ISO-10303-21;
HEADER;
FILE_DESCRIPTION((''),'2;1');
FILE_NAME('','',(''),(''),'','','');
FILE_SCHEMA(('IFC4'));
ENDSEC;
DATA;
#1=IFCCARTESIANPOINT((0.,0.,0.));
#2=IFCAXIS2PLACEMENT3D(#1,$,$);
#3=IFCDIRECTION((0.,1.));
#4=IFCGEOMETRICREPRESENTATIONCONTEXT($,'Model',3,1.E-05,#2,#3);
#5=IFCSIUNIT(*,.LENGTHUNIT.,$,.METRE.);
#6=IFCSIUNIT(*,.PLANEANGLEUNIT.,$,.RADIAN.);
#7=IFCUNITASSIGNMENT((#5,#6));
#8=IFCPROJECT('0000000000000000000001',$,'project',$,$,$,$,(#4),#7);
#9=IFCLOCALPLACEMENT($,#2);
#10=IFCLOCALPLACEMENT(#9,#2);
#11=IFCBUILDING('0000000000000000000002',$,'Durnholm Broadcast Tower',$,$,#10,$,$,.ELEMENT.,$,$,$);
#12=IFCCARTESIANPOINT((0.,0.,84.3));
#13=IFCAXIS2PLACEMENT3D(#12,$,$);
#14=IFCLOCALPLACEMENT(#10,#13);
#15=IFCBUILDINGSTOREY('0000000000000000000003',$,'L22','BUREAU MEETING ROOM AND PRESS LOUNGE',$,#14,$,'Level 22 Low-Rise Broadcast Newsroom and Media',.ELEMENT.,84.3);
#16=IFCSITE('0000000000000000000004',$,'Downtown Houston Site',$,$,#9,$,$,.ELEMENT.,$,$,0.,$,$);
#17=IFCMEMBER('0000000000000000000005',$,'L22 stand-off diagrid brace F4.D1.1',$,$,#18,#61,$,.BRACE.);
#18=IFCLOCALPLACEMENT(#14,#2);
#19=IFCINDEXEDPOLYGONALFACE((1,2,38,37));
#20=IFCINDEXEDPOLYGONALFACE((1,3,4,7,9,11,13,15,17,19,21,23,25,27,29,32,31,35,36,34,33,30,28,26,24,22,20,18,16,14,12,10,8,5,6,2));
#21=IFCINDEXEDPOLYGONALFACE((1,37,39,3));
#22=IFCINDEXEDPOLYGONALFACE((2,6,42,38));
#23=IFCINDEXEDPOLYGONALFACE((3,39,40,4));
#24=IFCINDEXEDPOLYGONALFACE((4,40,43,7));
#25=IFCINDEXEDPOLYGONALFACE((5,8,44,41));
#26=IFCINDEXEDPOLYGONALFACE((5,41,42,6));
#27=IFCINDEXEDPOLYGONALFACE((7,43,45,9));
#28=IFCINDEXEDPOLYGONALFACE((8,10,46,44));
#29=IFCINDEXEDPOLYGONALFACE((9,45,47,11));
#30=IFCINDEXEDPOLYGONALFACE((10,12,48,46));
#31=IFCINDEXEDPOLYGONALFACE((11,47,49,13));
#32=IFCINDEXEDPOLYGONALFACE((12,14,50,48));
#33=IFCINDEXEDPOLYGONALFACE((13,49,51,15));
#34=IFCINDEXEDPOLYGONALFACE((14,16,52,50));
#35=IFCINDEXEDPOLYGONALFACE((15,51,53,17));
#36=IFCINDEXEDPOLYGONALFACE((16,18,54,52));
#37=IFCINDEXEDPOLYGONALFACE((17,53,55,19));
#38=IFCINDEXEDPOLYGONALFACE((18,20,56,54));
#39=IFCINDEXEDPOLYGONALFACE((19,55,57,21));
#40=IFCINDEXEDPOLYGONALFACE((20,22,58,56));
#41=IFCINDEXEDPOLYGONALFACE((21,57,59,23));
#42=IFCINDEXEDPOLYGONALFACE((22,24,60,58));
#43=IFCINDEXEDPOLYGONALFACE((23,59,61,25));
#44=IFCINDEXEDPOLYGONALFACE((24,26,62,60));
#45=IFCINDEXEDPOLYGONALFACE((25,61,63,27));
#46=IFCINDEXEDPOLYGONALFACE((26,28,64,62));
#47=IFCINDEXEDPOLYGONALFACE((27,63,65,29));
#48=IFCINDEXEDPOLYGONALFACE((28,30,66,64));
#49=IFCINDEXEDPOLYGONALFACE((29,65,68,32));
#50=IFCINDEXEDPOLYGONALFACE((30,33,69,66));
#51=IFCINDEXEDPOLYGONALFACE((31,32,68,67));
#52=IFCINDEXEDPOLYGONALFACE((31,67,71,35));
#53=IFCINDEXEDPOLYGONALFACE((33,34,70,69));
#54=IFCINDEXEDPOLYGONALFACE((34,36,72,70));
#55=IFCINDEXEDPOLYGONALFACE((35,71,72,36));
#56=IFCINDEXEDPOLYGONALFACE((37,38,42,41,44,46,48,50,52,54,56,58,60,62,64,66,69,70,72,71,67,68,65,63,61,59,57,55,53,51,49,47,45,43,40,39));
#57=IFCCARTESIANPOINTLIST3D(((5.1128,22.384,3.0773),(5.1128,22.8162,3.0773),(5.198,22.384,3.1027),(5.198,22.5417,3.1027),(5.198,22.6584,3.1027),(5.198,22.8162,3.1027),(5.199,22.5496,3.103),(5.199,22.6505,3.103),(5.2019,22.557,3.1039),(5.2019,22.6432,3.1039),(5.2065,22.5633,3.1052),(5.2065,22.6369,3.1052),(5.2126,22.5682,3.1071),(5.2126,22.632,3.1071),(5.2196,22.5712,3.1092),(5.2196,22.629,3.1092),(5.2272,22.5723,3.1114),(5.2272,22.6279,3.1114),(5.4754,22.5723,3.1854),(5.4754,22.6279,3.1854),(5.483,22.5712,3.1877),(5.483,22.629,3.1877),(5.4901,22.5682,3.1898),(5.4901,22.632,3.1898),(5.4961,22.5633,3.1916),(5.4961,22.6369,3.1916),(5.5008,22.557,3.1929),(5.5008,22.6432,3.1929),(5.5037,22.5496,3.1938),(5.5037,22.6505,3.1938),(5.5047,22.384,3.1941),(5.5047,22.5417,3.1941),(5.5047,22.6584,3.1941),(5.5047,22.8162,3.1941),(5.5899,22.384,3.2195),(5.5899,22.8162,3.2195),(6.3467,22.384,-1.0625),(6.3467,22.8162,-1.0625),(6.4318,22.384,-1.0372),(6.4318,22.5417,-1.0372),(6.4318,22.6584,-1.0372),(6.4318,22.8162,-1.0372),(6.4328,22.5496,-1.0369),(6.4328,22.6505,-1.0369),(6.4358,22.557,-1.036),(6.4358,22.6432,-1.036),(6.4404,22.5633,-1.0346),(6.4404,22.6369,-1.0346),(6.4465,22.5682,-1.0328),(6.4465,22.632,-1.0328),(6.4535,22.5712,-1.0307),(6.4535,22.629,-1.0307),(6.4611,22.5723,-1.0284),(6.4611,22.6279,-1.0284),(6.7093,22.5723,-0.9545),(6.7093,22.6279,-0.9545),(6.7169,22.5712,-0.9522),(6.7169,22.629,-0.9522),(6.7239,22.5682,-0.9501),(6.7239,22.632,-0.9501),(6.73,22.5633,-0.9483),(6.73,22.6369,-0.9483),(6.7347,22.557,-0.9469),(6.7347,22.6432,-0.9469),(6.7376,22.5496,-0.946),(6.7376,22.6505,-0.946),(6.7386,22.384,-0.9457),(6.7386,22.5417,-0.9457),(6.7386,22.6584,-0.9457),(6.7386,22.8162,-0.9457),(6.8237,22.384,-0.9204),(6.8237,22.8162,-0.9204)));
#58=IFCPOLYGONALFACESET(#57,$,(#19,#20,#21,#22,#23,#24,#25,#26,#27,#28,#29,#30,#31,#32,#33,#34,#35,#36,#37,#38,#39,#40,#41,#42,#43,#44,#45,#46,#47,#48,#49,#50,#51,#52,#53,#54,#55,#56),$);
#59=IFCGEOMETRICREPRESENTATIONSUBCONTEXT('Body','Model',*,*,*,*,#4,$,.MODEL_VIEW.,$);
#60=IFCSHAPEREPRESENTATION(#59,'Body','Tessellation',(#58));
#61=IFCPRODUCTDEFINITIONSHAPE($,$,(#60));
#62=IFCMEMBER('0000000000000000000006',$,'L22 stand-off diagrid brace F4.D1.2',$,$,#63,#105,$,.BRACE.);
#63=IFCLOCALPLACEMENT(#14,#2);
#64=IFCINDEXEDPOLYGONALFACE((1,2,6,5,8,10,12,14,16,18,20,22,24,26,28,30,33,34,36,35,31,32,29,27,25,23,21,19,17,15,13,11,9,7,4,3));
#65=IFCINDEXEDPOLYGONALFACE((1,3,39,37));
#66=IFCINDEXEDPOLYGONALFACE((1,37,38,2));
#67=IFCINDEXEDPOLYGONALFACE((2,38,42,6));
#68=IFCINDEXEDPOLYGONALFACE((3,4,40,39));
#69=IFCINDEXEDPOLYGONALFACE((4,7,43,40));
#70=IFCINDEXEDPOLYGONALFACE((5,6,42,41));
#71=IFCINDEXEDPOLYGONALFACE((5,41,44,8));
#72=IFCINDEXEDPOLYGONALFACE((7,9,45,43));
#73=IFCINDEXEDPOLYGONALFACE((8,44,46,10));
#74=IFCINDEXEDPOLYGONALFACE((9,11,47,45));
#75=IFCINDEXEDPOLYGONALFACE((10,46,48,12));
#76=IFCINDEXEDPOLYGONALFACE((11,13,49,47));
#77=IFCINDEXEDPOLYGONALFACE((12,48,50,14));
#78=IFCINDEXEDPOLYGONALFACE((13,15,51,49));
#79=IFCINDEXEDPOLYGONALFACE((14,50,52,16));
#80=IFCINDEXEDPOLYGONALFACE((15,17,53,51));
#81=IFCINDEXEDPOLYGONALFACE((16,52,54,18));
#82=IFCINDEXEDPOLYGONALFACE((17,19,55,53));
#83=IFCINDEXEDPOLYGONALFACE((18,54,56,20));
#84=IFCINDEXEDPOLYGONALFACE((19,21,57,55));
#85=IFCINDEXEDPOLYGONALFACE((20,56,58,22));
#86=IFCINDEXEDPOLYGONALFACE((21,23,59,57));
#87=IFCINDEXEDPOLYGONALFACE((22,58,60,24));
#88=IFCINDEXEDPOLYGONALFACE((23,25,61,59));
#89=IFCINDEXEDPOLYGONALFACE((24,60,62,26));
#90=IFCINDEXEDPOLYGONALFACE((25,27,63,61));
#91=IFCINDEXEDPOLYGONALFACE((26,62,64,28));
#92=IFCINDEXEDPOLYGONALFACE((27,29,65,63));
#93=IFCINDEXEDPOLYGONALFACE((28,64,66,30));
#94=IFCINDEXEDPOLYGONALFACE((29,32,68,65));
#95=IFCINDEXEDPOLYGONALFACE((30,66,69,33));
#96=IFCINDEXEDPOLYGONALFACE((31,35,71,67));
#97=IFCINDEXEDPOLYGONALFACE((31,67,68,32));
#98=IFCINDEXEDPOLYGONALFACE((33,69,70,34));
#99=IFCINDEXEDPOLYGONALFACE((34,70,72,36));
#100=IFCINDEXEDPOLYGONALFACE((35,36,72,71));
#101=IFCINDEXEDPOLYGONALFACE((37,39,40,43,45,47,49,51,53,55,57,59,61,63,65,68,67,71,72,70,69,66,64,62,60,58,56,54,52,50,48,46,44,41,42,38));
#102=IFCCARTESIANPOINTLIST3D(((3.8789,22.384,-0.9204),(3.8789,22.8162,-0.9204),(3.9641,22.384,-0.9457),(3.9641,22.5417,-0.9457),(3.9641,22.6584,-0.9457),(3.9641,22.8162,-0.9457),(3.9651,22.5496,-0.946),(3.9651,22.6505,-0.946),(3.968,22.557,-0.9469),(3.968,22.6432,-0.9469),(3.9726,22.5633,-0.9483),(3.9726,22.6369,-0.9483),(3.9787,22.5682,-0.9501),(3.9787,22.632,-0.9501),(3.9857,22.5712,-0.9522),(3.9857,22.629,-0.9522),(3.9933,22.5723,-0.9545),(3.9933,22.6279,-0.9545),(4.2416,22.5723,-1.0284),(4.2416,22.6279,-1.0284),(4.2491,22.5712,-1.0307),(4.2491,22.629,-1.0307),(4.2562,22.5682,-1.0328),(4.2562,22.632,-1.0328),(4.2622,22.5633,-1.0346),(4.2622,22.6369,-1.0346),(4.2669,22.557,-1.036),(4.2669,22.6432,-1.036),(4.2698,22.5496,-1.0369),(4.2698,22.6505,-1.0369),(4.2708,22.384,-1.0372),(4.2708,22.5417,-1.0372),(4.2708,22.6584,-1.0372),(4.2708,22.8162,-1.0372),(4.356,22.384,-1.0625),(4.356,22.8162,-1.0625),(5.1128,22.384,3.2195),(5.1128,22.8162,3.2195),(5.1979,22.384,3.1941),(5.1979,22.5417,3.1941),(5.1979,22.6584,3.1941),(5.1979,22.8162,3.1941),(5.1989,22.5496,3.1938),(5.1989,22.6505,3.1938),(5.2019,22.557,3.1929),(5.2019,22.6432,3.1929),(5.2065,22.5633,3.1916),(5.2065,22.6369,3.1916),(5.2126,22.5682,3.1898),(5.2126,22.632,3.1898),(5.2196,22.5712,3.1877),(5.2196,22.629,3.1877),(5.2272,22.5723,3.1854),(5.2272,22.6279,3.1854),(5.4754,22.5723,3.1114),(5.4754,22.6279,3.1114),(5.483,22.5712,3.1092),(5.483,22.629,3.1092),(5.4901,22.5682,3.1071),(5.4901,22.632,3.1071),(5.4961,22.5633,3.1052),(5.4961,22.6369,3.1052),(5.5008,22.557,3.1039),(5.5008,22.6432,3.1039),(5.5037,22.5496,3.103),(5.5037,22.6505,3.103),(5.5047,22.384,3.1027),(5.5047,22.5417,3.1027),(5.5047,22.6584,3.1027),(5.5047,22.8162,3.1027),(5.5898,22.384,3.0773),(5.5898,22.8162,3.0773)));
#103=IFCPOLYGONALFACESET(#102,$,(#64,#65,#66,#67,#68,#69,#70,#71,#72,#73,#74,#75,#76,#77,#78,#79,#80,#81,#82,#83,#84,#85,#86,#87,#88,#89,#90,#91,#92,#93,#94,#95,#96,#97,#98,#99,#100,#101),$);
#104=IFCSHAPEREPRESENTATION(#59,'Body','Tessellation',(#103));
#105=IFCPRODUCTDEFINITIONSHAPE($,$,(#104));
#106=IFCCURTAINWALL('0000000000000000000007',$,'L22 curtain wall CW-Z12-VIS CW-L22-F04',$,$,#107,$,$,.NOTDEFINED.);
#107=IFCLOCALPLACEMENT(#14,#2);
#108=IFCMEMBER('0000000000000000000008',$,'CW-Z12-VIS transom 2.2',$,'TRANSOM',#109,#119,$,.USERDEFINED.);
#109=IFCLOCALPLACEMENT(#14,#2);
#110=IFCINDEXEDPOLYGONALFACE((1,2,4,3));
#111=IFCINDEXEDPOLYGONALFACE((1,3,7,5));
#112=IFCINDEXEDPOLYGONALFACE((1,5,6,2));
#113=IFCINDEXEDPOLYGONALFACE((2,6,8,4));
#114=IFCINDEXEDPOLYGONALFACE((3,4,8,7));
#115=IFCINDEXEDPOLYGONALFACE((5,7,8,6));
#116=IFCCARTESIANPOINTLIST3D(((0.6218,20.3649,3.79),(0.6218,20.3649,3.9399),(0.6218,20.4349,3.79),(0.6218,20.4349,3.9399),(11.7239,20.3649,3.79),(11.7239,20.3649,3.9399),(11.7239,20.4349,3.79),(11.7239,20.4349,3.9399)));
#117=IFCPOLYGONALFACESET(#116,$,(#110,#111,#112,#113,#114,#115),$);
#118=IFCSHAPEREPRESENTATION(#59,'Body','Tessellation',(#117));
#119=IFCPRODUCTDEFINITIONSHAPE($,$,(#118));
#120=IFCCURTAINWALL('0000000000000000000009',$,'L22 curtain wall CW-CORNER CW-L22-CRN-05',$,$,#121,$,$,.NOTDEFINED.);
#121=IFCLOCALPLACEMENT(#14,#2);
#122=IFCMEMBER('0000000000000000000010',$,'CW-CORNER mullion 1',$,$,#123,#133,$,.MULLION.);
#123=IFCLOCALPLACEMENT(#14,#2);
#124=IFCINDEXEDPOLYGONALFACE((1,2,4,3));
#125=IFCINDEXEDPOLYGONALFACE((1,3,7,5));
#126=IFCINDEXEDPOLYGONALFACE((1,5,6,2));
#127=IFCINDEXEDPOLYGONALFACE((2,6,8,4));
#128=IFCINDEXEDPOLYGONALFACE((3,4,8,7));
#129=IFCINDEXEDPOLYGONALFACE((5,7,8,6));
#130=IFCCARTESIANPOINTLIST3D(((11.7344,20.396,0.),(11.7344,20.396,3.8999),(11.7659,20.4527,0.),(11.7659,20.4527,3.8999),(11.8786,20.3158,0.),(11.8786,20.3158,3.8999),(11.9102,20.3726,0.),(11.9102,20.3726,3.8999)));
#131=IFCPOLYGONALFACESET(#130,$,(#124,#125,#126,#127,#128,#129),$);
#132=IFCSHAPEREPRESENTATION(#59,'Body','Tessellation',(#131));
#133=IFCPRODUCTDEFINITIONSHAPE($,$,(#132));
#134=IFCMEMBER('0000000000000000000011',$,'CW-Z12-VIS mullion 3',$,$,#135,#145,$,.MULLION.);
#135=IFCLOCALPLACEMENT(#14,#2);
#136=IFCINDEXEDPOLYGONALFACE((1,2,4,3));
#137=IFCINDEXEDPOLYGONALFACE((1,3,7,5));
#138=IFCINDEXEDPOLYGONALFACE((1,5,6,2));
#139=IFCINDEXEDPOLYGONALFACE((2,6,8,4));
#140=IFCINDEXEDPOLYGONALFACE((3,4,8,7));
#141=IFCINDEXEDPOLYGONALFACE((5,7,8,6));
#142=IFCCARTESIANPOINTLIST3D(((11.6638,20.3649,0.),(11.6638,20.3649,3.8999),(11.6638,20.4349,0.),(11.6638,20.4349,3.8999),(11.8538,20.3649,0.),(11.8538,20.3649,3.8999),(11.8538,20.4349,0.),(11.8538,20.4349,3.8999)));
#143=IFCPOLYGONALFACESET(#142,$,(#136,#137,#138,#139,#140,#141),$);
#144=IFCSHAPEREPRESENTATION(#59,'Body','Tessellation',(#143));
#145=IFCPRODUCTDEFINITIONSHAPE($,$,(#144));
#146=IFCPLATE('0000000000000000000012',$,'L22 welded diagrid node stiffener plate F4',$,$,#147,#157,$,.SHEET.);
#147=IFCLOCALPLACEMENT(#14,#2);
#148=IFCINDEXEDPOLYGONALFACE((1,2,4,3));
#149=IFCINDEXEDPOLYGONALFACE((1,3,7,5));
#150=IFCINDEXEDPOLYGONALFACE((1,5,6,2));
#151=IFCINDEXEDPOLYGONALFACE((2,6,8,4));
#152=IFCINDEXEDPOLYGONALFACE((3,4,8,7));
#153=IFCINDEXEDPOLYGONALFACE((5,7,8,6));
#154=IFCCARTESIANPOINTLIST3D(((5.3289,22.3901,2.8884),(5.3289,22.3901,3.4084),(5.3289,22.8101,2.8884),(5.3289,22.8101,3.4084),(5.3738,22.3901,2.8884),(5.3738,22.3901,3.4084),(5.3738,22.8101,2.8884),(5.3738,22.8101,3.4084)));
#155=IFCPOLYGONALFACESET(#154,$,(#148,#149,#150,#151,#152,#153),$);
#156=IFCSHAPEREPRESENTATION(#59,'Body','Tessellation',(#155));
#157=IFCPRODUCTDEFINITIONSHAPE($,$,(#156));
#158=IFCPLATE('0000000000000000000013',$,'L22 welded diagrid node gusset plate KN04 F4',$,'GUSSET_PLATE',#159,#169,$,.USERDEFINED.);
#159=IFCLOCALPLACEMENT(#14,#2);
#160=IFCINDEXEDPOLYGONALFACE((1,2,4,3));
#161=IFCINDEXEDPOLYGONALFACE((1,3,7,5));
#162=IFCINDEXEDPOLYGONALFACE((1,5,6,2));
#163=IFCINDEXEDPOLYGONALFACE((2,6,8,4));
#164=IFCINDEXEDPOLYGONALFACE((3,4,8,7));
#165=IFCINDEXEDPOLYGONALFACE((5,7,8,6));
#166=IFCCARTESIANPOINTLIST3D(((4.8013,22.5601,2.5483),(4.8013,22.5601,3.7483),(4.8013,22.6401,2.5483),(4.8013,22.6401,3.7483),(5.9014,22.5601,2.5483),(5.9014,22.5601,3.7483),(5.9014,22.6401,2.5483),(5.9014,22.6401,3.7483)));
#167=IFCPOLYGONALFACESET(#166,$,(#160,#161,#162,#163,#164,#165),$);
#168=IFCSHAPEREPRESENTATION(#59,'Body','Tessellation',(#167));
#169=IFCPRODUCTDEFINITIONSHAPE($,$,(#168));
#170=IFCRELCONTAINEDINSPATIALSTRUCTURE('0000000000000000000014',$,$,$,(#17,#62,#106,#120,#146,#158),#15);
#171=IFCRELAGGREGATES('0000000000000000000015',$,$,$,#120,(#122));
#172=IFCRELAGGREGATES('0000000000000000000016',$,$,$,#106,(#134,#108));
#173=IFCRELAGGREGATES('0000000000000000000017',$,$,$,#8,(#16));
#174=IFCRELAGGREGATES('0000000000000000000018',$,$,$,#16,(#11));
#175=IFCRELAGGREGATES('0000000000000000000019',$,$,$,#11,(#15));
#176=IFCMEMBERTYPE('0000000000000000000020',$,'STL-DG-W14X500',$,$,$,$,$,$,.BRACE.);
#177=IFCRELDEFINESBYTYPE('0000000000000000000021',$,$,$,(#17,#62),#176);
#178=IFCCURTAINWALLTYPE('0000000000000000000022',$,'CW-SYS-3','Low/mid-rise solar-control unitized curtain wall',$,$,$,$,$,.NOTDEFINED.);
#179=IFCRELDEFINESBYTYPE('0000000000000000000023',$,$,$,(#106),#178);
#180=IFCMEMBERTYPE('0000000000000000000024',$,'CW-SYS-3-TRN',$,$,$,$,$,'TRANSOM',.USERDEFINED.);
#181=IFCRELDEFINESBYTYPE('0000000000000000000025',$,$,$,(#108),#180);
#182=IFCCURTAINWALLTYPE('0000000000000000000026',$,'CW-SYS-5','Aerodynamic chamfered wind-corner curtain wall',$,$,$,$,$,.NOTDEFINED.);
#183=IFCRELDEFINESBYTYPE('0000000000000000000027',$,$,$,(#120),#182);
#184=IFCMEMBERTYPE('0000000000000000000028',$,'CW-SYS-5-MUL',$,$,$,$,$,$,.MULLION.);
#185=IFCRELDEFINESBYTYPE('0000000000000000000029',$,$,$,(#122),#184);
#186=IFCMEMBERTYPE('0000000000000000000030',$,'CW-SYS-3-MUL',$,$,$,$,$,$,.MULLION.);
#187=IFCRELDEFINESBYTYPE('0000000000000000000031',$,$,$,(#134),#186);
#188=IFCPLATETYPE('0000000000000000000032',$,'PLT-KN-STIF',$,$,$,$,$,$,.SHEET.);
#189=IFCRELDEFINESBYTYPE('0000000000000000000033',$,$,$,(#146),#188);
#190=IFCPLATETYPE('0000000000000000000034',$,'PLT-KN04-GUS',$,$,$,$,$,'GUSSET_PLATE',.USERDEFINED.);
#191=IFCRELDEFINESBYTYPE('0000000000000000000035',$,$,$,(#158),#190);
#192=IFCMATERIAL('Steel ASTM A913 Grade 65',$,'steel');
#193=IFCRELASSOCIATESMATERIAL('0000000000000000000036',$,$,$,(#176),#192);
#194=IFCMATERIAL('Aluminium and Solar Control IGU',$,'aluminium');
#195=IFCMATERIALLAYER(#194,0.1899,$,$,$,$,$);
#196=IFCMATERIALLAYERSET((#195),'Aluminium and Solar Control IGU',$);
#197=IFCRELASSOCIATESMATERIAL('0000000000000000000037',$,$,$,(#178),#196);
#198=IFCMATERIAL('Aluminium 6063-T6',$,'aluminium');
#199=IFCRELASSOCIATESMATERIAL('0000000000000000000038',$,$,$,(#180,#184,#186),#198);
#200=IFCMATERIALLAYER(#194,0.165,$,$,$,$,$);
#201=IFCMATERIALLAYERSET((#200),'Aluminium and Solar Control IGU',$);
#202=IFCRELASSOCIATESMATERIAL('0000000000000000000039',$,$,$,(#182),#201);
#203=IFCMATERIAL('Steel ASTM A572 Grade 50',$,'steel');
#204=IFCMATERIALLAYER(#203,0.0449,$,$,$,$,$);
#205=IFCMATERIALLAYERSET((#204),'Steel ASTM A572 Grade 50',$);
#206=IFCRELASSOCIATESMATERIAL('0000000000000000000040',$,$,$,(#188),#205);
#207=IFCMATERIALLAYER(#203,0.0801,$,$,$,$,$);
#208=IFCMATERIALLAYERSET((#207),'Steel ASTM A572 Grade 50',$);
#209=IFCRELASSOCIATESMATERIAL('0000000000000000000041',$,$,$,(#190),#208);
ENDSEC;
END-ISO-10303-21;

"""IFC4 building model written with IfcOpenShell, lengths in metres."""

from ifc_helpers import new_model, si_unit, direction, frame, origin, origin_2d, place, context, subcontext, project, spatial, rectangle, i_section, extrude, source, transform, mapped, material, layer, layer_set, material_profile, profile_set, type_object, type_shapes, element, aggregate, save


model = new_model("IFC4")

# Units and contexts
model_context = context("Model", 3, precision=1e-05, world=origin(), true_north=direction((0.0, 1.0)))
body_context = subcontext(model_context, "Body", "Model", "MODEL_VIEW")
ifc_project = project(units=[si_unit("LENGTHUNIT", "METRE"), si_unit("PLANEANGLEUNIT", "RADIAN")], contexts=[model_context])

# Site, building, storey
site_placement = place(None, origin())
site = spatial("IfcSite", under=ifc_project, at=site_placement, Name="Downtown Houston Site", CompositionType="ELEMENT", RefElevation=0.0)
building_placement = place(site_placement, origin())
building = spatial("IfcBuilding", under=site, at=building_placement, Name="Durnholm Broadcast Tower", CompositionType="ELEMENT")
storey_placement = place(building_placement, frame((0.0, 0.0, 84.3)))
storey = spatial("IfcBuildingStorey", under=building, at=storey_placement, Name="L22", Description="BUREAU MEETING ROOM AND PRESS LOUNGE", LongName="Level 22 Low-Rise Broadcast Newsroom and Media", CompositionType="ELEMENT", Elevation=84.3)

# Members
ifc_material_1 = material(Name="Steel ASTM A913 Grade 65", Category="steel")
ifc_material_profile_1 = material_profile(ifc_material_1, i_section(OverallWidth=0.4321, OverallDepth=0.4978, WebThickness=0.0557, FlangeThickness=0.0889, FilletRadius=0.0305, at=origin_2d()), Name="W14X500")
ifc_profile_set_1 = profile_set([ifc_material_profile_1], Name="Steel ASTM A913 Grade 65")
member_type_1 = type_object("IfcMemberType", Name="STL-DG-W14X500", PredefinedType="BRACE", material=ifc_profile_set_1)
shared_shape_1 = source(origin(), body_context, "Body", "SweptSolid", [
    extrude(i_section(OverallWidth=0.4321, OverallDepth=0.4978, WebThickness=0.0557, FlangeThickness=0.0889, FilletRadius=0.0305, at=origin_2d()), origin(), (0.0, 0.0, 1.0), 4.3198),
])
type_shapes(member_type_1, [shared_shape_1])
for number, where, z_axis, x_axis, name in (
    (1, (6.5852, 22.6001, -0.9915), (-0.285631, 0.0, 0.95834), (0.0, -1.0, 0.0), "L22 stand-off diagrid brace F4.D1.1"),
    (2, (4.1174, 22.6001, -0.9915), (0.285631, 0.0, 0.95834), (0.0, 1.0, 0.0), "L22 stand-off diagrid brace F4.D1.2"),
):
    element("IfcMember", number, at=place(storey_placement, frame(where, z_axis=z_axis, x_axis=x_axis)), inside=storey, type_object=member_type_1, Name=name, PredefinedType="BRACE", context=body_context, shape_type="MappedRepresentation", body=[
        mapped(shared_shape_1, transform((0.0, 0.0, 0.0), x_axis=(1.0, 0.0, 0.0), y_axis=(0.0, 1.0, 0.0), z_axis=(0.0, 0.0, 1.0), scale=1.0)),
    ])

# Curtain walls, members
ifc_material_2 = material(Name="Aluminium and Solar Control IGU", Category="aluminium")
ifc_layer_1 = layer(ifc_material_2, 0.1899)
ifc_layer_set_1 = layer_set([ifc_layer_1], Name="Aluminium and Solar Control IGU")
curtain_wall_type_1 = type_object("IfcCurtainWallType", Name="CW-SYS-3", Description="Low/mid-rise solar-control unitized curtain wall", PredefinedType="NOTDEFINED", material=ifc_layer_set_1)
curtain_wall_1_placement = place(storey_placement, origin())
curtain_wall_1 = element("IfcCurtainWall", 3, at=curtain_wall_1_placement, inside=storey, type_object=curtain_wall_type_1, Name="L22 curtain wall CW-Z12-VIS CW-L22-F04", PredefinedType="NOTDEFINED")
ifc_material_3 = material(Name="Aluminium 6063-T6", Category="aluminium")
ifc_material_profile_2 = material_profile(ifc_material_3, rectangle(XDim=0.0701, YDim=0.1499, at=origin_2d()), Name="CWT70X150")
ifc_profile_set_2 = profile_set([ifc_material_profile_2], Name="Aluminium 6063-T6")
member_type_2 = type_object("IfcMemberType", Name="CW-SYS-3-TRN", ElementType="TRANSOM", PredefinedType="USERDEFINED", material=ifc_profile_set_2)
shared_shape_2 = source(origin(), body_context, "Body", "SweptSolid", [
    extrude(rectangle(XDim=0.0701, YDim=0.1499, at=origin_2d()), origin(), (0.0, 0.0, 1.0), 11.1021),
])
type_shapes(member_type_2, [shared_shape_2])
member_1_placement = place(storey_placement, frame((0.6218, 20.3999, 3.865), z_axis=(1.0, 0.0, 0.0), x_axis=(0.0, 1.0, 0.0)))
member_1 = element("IfcMember", 4, at=member_1_placement, type_object=member_type_2, Name="CW-Z12-VIS transom 2.2", ObjectType="TRANSOM", PredefinedType="USERDEFINED", context=body_context, shape_type="MappedRepresentation", body=[
    mapped(shared_shape_2, transform((0.0, 0.0, 0.0), x_axis=(1.0, 0.0, 0.0), y_axis=(0.0, 1.0, 0.0), z_axis=(0.0, 0.0, 1.0), scale=1.0)),
])
ifc_layer_2 = layer(ifc_material_2, 0.165)
ifc_layer_set_2 = layer_set([ifc_layer_2], Name="Aluminium and Solar Control IGU")
curtain_wall_type_2 = type_object("IfcCurtainWallType", Name="CW-SYS-5", Description="Aerodynamic chamfered wind-corner curtain wall", PredefinedType="NOTDEFINED", material=ifc_layer_set_2)
curtain_wall_2_placement = place(storey_placement, origin())
curtain_wall_2 = element("IfcCurtainWall", 5, at=curtain_wall_2_placement, inside=storey, type_object=curtain_wall_type_2, Name="L22 curtain wall CW-CORNER CW-L22-CRN-05", PredefinedType="NOTDEFINED")
ifc_material_profile_3 = material_profile(ifc_material_3, rectangle(XDim=0.0649, YDim=0.165, at=origin_2d()), Name="CWM65X165")
ifc_profile_set_3 = profile_set([ifc_material_profile_3], Name="Aluminium 6063-T6")
member_type_3 = type_object("IfcMemberType", Name="CW-SYS-5-MUL", PredefinedType="MULLION", material=ifc_profile_set_3)
shared_shape_3 = source(origin(), body_context, "Body", "SweptSolid", [
    extrude(rectangle(XDim=0.0649, YDim=0.165, at=origin_2d()), origin(), (0.0, 0.0, 1.0), 3.8999),
])
type_shapes(member_type_3, [shared_shape_3])
member_2_placement = place(storey_placement, frame((11.8223, 20.3843, 0.0), z_axis=(0.0, 0.0, 1.0), x_axis=(0.485483, 0.874246, 0.0)))
member_2 = element("IfcMember", 6, at=member_2_placement, type_object=member_type_3, Name="CW-CORNER mullion 1", PredefinedType="MULLION", context=body_context, shape_type="MappedRepresentation", body=[
    mapped(shared_shape_3, transform((0.0, 0.0, 0.0), x_axis=(1.0, 0.0, 0.0), y_axis=(0.0, 1.0, 0.0), z_axis=(0.0, 0.0, 1.0), scale=1.0)),
])
aggregate(curtain_wall_2, [member_2])

# Member
ifc_material_profile_4 = material_profile(ifc_material_3, rectangle(XDim=0.0701, YDim=0.1899, at=origin_2d()), Name="CWM70X190")
ifc_profile_set_4 = profile_set([ifc_material_profile_4], Name="Aluminium 6063-T6")
member_type_4 = type_object("IfcMemberType", Name="CW-SYS-3-MUL", PredefinedType="MULLION", material=ifc_profile_set_4)
shared_shape_4 = source(origin(), body_context, "Body", "SweptSolid", [
    extrude(rectangle(XDim=0.0701, YDim=0.1899, at=origin_2d()), origin(), (0.0, 0.0, 1.0), 3.8999),
])
type_shapes(member_type_4, [shared_shape_4])
member_3_placement = place(storey_placement, frame((11.7588, 20.3999, 0.0), z_axis=(0.0, 0.0, 1.0), x_axis=(0.0, 1.0, 0.0)))
member_3 = element("IfcMember", 7, at=member_3_placement, type_object=member_type_4, Name="CW-Z12-VIS mullion 3", PredefinedType="MULLION", context=body_context, shape_type="MappedRepresentation", body=[
    mapped(shared_shape_4, transform((0.0, 0.0, 0.0), x_axis=(1.0, 0.0, 0.0), y_axis=(0.0, 1.0, 0.0), z_axis=(0.0, 0.0, 1.0), scale=1.0)),
])

# Plates
ifc_material_4 = material(Name="Steel ASTM A572 Grade 50", Category="steel")
ifc_layer_3 = layer(ifc_material_4, 0.0449)
ifc_layer_set_3 = layer_set([ifc_layer_3], Name="Steel ASTM A572 Grade 50")
plate_type_1 = type_object("IfcPlateType", Name="PLT-KN-STIF", PredefinedType="SHEET", material=ifc_layer_set_3)
shared_shape_5 = source(origin(), body_context, "Body", "SweptSolid", [
    extrude(rectangle(XDim=0.0449, YDim=0.4199, at=origin_2d()), origin(), (0.0, 0.0, 1.0), 0.52),
])
type_shapes(plate_type_1, [shared_shape_5])
plate_1_placement = place(storey_placement, frame((5.3513, 22.6001, 2.8884), z_axis=(0.0, 0.0, 1.0), x_axis=(-1.0, 0.0, 0.0)))
element("IfcPlate", 8, at=plate_1_placement, inside=storey, type_object=plate_type_1, Name="L22 welded diagrid node stiffener plate F4", PredefinedType="SHEET", context=body_context, shape_type="MappedRepresentation", body=[
    mapped(shared_shape_5, transform((0.0, 0.0, 0.0), x_axis=(1.0, 0.0, 0.0), y_axis=(0.0, 1.0, 0.0), z_axis=(0.0, 0.0, 1.0), scale=1.0)),
])
ifc_layer_4 = layer(ifc_material_4, 0.0801)
ifc_layer_set_4 = layer_set([ifc_layer_4], Name="Steel ASTM A572 Grade 50")
plate_type_2 = type_object("IfcPlateType", Name="PLT-KN04-GUS", ElementType="GUSSET_PLATE", PredefinedType="USERDEFINED", material=ifc_layer_set_4)
shared_shape_6 = source(origin(), body_context, "Body", "SweptSolid", [
    extrude(rectangle(XDim=1.1001, YDim=0.0801, at=origin_2d()), origin(), (0.0, 0.0, 1.0), 1.2),
])
type_shapes(plate_type_2, [shared_shape_6])
plate_2_placement = place(storey_placement, frame((5.3513, 22.6001, 2.5483), z_axis=(0.0, 0.0, 1.0), x_axis=(-1.0, 0.0, 0.0)))
element("IfcPlate", 9, at=plate_2_placement, inside=storey, type_object=plate_type_2, Name="L22 welded diagrid node gusset plate KN04 F4", ObjectType="GUSSET_PLATE", PredefinedType="USERDEFINED", context=body_context, shape_type="MappedRepresentation", body=[
    mapped(shared_shape_6, transform((0.0, 0.0, 0.0), x_axis=(1.0, 0.0, 0.0), y_axis=(0.0, 1.0, 0.0), z_axis=(0.0, 0.0, 1.0), scale=1.0)),
])

aggregate(curtain_wall_1, [member_3, member_1])

save(model, "model.ifc")
